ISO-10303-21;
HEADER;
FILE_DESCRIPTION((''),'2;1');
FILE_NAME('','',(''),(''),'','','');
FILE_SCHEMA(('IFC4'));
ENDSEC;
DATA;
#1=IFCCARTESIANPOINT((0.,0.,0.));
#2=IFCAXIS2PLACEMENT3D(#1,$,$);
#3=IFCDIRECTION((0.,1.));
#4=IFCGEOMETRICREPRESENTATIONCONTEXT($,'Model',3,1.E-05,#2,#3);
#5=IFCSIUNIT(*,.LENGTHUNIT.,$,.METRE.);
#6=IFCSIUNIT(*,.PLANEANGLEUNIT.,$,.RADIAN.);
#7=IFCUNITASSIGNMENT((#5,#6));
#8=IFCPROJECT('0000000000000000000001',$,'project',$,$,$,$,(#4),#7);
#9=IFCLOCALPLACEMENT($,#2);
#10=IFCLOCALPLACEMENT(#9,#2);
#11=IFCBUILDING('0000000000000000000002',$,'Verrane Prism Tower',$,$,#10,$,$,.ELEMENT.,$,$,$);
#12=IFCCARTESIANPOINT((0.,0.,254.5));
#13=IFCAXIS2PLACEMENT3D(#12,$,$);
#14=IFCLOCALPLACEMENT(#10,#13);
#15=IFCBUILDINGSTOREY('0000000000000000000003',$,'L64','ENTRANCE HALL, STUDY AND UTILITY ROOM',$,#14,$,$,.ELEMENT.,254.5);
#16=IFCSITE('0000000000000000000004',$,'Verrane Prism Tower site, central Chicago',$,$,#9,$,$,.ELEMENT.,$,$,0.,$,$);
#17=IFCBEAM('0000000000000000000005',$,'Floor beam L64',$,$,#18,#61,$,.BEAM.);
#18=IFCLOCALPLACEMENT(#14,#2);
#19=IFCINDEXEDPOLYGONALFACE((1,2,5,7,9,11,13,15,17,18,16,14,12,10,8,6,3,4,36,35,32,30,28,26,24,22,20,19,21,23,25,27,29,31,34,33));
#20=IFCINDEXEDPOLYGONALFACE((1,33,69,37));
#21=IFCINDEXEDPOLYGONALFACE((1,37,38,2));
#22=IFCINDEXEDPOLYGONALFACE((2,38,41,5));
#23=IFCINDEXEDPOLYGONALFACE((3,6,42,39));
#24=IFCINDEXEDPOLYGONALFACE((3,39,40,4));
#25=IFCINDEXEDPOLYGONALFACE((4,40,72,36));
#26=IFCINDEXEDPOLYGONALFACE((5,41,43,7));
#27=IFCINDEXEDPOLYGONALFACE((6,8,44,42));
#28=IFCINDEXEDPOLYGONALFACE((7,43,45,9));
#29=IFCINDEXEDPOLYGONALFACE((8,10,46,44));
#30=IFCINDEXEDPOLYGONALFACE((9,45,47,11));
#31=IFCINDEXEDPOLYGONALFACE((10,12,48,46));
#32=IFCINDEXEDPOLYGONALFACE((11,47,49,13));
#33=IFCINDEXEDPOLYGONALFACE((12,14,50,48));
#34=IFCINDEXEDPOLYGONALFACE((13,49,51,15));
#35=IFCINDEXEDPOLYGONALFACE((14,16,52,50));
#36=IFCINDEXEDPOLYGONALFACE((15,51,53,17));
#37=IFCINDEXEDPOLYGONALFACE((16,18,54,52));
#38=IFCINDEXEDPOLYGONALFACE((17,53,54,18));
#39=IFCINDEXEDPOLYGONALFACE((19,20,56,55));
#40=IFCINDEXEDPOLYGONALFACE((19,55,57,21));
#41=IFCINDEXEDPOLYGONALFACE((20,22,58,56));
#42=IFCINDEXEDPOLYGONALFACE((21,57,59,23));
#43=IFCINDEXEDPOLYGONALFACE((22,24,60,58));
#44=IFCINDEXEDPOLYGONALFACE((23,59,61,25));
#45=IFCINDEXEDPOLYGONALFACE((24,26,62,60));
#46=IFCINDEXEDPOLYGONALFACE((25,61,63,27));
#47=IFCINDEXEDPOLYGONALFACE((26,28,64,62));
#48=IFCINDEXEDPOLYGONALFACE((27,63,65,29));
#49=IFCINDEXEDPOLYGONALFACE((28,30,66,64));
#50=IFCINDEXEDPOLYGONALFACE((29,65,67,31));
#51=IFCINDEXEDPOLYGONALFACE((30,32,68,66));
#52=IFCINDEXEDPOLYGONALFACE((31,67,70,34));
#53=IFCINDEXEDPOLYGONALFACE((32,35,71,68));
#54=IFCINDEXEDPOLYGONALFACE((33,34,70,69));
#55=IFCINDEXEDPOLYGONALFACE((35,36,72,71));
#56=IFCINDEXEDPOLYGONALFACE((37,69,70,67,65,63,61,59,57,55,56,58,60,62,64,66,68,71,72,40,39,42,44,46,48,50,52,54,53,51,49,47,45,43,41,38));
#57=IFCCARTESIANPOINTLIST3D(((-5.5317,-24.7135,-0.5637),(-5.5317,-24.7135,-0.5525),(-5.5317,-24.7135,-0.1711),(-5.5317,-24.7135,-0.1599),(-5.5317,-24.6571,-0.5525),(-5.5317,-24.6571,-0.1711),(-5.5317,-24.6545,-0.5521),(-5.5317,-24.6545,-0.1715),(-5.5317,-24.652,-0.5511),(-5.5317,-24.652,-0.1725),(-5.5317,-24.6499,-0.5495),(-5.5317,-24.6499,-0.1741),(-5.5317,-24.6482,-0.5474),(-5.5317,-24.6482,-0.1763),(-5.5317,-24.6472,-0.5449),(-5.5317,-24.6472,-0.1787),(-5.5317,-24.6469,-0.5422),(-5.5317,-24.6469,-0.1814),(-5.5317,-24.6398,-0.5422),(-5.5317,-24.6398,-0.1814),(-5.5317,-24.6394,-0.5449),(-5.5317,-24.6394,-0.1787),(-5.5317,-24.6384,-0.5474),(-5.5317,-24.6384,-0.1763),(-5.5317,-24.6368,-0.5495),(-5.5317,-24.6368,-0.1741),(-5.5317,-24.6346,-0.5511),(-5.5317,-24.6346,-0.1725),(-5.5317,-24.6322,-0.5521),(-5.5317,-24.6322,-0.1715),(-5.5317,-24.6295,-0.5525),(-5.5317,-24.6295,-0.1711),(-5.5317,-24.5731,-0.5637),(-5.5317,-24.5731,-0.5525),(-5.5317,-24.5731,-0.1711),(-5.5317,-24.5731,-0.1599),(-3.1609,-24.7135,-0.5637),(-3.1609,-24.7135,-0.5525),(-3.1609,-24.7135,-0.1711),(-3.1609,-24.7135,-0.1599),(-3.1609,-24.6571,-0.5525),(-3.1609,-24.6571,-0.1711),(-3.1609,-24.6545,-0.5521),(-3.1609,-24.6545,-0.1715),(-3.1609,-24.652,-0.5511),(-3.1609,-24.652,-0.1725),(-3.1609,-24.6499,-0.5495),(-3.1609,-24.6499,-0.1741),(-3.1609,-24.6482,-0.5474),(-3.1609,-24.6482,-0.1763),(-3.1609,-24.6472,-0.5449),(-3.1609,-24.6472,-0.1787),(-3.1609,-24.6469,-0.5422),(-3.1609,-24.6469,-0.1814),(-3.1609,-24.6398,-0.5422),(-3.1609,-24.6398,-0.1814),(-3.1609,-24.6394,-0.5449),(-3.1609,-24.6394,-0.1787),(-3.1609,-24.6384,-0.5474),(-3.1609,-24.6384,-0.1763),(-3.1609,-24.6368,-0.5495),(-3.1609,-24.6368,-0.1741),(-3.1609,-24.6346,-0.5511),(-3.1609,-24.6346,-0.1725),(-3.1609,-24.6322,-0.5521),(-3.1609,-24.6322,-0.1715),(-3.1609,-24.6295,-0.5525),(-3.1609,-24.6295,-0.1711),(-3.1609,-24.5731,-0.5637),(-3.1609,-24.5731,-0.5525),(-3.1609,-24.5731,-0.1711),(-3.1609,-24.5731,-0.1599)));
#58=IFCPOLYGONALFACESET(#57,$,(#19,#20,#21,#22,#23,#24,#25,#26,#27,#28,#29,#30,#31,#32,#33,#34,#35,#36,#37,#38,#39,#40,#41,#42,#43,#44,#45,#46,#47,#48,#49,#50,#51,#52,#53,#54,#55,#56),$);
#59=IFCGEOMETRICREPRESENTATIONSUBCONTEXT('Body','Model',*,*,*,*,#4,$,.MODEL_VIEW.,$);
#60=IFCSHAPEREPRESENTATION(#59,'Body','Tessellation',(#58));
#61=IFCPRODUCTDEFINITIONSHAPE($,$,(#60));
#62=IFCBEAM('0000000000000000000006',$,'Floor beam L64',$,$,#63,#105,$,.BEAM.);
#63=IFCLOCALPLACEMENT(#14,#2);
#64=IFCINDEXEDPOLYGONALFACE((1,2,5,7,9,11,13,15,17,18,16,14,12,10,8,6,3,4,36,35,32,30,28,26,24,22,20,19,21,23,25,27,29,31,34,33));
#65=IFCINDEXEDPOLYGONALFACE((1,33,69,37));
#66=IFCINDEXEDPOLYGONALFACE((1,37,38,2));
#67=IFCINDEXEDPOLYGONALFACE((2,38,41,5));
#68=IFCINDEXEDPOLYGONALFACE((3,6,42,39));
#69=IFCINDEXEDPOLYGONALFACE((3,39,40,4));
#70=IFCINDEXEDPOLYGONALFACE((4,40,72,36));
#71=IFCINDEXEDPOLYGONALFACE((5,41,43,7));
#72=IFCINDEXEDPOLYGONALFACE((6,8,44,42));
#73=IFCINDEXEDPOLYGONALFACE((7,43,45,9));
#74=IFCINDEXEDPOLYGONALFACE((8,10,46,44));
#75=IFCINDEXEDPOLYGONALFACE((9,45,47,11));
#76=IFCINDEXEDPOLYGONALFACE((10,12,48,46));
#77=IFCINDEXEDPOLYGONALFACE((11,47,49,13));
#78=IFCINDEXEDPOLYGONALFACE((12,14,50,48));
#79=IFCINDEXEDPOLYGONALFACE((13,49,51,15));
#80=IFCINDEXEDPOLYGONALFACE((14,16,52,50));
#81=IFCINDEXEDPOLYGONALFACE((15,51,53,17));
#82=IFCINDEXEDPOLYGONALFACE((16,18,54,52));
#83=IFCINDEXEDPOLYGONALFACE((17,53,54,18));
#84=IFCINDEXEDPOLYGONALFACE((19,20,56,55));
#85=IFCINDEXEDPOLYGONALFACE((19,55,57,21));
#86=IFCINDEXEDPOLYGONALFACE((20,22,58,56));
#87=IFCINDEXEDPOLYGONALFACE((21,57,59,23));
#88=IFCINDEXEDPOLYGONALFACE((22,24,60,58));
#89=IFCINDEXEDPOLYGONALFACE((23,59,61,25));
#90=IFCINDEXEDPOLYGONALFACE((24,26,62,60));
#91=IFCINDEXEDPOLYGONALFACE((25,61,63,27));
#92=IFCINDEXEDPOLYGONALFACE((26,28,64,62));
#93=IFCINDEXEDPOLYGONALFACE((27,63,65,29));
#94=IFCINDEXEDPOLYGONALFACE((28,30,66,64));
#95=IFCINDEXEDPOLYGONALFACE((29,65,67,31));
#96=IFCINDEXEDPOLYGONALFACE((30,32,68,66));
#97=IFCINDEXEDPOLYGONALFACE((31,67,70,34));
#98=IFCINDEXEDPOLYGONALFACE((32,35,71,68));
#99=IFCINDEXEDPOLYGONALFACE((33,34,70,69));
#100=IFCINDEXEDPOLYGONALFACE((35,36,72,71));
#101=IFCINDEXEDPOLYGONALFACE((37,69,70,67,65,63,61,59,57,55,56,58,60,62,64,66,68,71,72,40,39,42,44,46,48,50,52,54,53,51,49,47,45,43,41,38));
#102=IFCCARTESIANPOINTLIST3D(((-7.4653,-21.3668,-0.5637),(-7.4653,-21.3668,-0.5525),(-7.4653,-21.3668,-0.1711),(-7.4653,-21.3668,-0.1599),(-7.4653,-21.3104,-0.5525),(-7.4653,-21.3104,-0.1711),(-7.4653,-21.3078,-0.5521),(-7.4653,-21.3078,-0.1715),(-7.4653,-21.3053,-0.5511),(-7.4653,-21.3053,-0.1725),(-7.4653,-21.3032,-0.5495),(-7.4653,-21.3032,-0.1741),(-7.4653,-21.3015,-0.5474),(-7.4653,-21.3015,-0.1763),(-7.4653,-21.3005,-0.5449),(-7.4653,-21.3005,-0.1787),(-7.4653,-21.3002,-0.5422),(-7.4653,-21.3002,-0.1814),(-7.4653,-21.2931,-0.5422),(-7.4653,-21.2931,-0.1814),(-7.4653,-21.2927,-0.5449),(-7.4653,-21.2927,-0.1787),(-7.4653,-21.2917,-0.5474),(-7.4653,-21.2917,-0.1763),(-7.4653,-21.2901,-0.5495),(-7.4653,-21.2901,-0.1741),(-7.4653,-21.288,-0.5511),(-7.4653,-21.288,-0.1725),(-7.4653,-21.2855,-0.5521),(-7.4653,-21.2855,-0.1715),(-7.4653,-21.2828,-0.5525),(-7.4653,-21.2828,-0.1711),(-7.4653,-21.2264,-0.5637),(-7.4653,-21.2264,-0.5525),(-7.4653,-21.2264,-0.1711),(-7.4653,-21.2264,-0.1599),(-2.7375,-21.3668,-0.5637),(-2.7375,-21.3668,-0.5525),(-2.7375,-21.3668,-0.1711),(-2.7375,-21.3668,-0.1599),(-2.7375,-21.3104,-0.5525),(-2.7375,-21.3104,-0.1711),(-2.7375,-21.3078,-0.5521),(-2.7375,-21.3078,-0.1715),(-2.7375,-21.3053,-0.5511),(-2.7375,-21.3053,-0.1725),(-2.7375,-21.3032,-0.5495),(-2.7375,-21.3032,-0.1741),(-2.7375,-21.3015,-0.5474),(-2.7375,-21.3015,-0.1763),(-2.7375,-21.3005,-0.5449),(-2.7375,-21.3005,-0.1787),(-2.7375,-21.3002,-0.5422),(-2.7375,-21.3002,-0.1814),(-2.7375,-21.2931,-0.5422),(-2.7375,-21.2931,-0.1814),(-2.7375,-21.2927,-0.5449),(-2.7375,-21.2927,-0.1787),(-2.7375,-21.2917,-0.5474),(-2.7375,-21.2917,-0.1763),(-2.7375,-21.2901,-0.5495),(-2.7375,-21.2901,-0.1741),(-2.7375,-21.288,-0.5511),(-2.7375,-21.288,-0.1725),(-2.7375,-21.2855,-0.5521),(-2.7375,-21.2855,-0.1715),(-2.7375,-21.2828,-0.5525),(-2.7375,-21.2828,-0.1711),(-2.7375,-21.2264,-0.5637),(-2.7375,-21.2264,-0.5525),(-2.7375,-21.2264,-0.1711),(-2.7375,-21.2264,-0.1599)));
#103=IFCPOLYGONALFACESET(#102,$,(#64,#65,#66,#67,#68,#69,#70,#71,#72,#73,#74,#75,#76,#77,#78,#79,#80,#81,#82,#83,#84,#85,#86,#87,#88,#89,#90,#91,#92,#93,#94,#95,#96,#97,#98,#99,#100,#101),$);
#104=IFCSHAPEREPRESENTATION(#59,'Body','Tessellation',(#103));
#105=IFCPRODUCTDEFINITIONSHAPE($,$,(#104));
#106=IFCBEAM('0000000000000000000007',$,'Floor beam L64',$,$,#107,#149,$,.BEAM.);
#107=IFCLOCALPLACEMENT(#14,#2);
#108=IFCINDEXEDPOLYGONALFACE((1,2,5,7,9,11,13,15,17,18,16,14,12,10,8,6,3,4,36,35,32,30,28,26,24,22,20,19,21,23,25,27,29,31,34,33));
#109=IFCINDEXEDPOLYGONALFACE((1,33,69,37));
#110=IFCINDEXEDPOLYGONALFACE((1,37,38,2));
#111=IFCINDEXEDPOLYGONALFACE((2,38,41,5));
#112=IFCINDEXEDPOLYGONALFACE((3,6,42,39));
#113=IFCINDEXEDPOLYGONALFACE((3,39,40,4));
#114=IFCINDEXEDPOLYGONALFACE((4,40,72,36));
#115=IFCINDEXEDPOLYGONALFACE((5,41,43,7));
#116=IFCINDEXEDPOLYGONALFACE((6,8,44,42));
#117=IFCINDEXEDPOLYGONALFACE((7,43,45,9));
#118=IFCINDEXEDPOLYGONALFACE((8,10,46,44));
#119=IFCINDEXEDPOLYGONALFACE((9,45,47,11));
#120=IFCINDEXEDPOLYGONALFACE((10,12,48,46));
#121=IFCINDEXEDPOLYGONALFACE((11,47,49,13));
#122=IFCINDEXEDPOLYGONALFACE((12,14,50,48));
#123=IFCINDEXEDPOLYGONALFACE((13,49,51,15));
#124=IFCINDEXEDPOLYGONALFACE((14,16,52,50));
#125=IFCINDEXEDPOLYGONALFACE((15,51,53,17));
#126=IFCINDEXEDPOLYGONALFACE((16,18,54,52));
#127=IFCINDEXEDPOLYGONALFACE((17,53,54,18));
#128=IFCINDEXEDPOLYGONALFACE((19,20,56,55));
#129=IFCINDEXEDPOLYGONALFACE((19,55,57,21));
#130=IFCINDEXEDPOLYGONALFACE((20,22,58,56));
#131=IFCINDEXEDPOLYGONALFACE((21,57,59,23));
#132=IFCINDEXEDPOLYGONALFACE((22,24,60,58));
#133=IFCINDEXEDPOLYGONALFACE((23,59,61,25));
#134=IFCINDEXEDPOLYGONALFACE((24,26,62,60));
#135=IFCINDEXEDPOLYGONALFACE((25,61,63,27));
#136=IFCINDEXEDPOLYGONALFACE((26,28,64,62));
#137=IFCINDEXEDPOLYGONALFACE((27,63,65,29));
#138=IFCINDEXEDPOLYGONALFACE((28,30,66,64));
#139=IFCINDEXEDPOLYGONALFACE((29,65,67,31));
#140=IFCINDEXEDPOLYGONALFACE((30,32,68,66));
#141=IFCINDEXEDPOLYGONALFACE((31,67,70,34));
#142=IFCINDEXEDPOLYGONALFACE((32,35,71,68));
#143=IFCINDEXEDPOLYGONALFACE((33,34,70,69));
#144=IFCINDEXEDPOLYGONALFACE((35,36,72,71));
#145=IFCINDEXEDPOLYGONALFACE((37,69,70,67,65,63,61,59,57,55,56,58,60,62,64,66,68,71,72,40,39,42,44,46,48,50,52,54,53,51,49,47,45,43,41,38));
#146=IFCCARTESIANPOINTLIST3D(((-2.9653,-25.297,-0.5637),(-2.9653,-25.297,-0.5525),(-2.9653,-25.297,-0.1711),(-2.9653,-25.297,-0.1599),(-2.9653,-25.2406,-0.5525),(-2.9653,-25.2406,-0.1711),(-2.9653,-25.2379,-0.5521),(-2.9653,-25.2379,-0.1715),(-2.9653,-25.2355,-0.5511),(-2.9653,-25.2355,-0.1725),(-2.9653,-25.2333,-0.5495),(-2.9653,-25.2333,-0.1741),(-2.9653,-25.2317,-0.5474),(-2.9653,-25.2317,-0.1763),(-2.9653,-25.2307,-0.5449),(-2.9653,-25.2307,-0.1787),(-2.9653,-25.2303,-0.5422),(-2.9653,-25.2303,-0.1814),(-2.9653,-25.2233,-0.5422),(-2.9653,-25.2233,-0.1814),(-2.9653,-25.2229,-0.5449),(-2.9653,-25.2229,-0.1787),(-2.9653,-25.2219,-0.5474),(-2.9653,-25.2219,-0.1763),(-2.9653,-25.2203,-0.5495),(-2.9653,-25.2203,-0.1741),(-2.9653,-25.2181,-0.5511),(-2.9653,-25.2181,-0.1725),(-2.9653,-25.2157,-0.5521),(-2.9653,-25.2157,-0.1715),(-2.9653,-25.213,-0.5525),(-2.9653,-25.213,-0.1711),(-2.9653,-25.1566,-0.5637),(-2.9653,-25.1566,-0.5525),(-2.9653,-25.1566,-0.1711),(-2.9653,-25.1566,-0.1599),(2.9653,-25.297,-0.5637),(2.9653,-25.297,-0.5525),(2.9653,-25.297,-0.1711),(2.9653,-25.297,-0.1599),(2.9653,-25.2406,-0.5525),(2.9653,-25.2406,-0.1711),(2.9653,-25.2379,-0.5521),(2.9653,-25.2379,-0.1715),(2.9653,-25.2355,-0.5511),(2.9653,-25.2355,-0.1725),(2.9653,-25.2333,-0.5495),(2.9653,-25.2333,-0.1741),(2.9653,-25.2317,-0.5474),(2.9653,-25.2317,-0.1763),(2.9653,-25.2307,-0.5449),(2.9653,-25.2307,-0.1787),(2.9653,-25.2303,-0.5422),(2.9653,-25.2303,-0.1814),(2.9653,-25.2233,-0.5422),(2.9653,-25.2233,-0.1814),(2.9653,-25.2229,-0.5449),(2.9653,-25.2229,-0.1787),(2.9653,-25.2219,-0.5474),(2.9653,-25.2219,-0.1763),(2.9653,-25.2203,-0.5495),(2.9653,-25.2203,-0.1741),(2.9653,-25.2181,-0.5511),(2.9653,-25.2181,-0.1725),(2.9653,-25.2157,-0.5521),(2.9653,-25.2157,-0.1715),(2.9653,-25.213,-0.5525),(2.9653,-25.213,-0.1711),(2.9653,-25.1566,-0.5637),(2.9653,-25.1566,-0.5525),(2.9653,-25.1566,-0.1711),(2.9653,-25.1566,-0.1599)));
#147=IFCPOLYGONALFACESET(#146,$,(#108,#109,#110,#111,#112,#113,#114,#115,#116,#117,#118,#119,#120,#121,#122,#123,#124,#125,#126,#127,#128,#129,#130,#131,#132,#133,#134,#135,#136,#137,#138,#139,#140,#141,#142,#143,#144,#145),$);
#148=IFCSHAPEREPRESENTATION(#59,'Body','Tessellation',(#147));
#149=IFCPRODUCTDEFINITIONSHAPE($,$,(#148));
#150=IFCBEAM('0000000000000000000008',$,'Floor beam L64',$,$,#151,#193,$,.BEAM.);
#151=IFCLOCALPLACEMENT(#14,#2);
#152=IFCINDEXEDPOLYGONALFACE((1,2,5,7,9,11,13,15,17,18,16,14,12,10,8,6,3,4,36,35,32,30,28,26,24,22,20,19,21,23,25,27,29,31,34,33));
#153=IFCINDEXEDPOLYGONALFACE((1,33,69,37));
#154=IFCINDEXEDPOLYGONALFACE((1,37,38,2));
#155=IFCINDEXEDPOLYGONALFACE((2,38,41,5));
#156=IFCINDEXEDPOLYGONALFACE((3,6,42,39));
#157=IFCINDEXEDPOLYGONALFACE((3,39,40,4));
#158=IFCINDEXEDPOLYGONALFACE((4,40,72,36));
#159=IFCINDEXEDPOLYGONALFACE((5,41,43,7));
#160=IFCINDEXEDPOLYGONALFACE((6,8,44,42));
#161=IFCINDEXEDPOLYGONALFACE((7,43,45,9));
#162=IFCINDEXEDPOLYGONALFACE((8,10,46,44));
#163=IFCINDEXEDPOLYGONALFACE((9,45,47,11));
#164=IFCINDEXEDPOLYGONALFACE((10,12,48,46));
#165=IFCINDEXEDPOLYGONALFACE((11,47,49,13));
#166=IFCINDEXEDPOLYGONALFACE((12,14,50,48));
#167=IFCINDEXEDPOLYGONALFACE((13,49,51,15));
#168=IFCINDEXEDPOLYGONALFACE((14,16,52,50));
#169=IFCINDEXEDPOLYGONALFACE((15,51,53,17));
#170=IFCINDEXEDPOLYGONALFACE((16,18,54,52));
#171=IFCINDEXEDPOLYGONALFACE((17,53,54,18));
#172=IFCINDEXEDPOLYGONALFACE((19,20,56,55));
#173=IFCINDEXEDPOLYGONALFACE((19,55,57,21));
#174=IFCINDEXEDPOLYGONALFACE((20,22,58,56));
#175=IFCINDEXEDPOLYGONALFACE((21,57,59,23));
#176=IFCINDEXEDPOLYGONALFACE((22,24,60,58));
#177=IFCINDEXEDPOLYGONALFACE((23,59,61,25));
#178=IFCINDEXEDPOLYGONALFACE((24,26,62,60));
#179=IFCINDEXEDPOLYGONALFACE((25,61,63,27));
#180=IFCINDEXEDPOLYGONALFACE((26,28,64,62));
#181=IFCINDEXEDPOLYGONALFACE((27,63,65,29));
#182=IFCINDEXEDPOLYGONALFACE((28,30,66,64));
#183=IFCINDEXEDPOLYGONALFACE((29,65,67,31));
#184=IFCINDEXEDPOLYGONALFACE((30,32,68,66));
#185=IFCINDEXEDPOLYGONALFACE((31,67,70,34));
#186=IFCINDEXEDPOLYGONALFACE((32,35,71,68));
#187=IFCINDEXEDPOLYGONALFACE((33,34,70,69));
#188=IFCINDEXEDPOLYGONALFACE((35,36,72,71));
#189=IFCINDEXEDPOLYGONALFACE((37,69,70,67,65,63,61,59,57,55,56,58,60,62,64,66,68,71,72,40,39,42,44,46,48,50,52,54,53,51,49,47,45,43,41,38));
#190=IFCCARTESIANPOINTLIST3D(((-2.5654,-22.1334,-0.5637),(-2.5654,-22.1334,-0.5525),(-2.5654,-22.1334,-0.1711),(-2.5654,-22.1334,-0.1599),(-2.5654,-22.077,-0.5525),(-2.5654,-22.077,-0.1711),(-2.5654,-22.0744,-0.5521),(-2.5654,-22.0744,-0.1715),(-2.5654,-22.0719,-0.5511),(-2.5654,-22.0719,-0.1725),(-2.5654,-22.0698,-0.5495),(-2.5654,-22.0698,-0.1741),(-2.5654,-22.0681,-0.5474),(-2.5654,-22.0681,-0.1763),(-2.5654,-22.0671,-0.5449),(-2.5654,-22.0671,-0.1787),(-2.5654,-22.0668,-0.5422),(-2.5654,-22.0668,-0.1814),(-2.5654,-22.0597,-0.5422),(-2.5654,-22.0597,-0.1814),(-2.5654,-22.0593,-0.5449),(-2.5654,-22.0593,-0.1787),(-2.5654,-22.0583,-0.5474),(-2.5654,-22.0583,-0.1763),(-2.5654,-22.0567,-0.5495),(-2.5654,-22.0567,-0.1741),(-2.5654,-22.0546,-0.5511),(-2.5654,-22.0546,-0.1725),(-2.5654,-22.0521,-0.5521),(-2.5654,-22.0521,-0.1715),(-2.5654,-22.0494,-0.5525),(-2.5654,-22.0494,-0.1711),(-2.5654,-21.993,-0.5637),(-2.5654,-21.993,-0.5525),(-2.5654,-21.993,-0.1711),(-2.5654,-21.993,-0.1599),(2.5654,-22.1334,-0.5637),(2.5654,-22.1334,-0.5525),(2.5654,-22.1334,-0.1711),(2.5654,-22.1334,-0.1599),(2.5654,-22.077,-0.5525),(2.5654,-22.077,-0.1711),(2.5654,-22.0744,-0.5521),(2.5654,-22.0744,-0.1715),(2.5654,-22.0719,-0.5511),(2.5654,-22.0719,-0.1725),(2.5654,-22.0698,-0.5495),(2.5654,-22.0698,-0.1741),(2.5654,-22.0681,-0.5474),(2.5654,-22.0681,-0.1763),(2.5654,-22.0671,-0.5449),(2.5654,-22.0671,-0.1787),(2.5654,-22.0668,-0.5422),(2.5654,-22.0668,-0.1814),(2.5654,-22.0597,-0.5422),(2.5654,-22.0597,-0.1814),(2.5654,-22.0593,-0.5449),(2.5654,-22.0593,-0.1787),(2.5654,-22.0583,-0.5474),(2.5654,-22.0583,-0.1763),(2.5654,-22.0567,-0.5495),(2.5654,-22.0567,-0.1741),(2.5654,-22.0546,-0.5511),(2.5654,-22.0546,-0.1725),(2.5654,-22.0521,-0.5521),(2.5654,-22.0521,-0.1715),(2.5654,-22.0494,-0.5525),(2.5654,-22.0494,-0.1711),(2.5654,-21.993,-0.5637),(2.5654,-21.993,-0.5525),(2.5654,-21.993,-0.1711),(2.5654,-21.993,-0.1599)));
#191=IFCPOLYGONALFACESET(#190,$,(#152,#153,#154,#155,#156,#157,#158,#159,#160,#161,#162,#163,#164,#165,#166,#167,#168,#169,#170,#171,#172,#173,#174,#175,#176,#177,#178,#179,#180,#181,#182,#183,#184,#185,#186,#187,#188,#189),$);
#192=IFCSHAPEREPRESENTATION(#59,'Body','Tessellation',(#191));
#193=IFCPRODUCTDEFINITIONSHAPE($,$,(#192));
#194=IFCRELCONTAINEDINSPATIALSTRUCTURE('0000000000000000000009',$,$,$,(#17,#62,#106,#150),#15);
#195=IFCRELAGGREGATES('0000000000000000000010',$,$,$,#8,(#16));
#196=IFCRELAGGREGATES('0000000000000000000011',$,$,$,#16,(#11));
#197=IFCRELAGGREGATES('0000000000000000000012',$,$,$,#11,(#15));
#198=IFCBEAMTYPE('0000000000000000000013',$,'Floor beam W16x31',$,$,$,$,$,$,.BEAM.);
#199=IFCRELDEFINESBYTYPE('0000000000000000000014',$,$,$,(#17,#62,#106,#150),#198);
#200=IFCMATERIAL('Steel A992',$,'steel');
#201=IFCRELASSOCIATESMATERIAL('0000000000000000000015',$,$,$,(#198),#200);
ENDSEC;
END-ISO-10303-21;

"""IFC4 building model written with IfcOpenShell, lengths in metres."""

from ifc_helpers import new_model, si_unit, direction, frame, origin, origin_2d, place, context, subcontext, project, spatial, i_section, extrude, material, material_profile, profile_set, type_object, element, save


model = new_model("IFC4")

# Units and contexts
model_context = context("Model", 3, precision=1e-05, world=origin(), true_north=direction((0.0, 1.0)))
body_context = subcontext(model_context, "Body", "Model", "MODEL_VIEW")
ifc_project = project(units=[si_unit("LENGTHUNIT", "METRE"), si_unit("PLANEANGLEUNIT", "RADIAN")], contexts=[model_context])

# Site, building, storey
site_placement = place(None, origin())
site = spatial("IfcSite", under=ifc_project, at=site_placement, Name="Verrane Prism Tower site, central Chicago", CompositionType="ELEMENT", RefElevation=0.0)
building_placement = place(site_placement, origin())
building = spatial("IfcBuilding", under=site, at=building_placement, Name="Verrane Prism Tower", CompositionType="ELEMENT")
storey_placement = place(building_placement, frame((0.0, 0.0, 254.5)))
storey = spatial("IfcBuildingStorey", under=building, at=storey_placement, Name="L64", Description="ENTRANCE HALL, STUDY AND UTILITY ROOM", CompositionType="ELEMENT", Elevation=254.5)

# Beams
ifc_material_1 = material(Name="Steel A992", Category="steel")
ifc_material_profile_1 = material_profile(ifc_material_1, i_section(OverallWidth=0.1404, OverallDepth=0.4038, WebThickness=0.0071, FlangeThickness=0.0112, FilletRadius=0.0103, at=origin_2d()), Name="W16x31")
ifc_profile_set_1 = profile_set([ifc_material_profile_1], Name="Steel A992")
beam_type_1 = type_object("IfcBeamType", Name="Floor beam W16x31", PredefinedType="BEAM", material=ifc_profile_set_1)
beam_1_placement = place(storey_placement, frame((-5.5317, -24.6433, -0.3618), z_axis=(1.0, 0.0, 0.0), x_axis=(0.0, 1.0, 0.0)))
element("IfcBeam", 1, at=beam_1_placement, inside=storey, type_object=beam_type_1, Name="Floor beam L64", PredefinedType="BEAM", context=body_context, shape_type="SweptSolid", body=[
    extrude(i_section(OverallWidth=0.1404, OverallDepth=0.4038, WebThickness=0.0071, FlangeThickness=0.0112, FilletRadius=0.0103, at=origin_2d()), origin(), (0.0, 0.0, 1.0), 2.3708),
])
beam_2_placement = place(storey_placement, frame((-7.4653, -21.2966, -0.3618), z_axis=(1.0, 0.0, 0.0), x_axis=(0.0, 1.0, 0.0)))
element("IfcBeam", 2, at=beam_2_placement, inside=storey, type_object=beam_type_1, Name="Floor beam L64", PredefinedType="BEAM", context=body_context, shape_type="SweptSolid", body=[
    extrude(i_section(OverallWidth=0.1404, OverallDepth=0.4038, WebThickness=0.0071, FlangeThickness=0.0112, FilletRadius=0.0103, at=origin_2d()), origin(), (0.0, 0.0, 1.0), 4.7278),
])
beam_3_placement = place(storey_placement, frame((-2.9653, -25.2268, -0.3618), z_axis=(1.0, 0.0, 0.0), x_axis=(0.0, 1.0, 0.0)))
element("IfcBeam", 3, at=beam_3_placement, inside=storey, type_object=beam_type_1, Name="Floor beam L64", PredefinedType="BEAM", context=body_context, shape_type="SweptSolid", body=[
    extrude(i_section(OverallWidth=0.1404, OverallDepth=0.4038, WebThickness=0.0071, FlangeThickness=0.0112, FilletRadius=0.0103, at=origin_2d()), origin(), (0.0, 0.0, 1.0), 5.9307),
])
beam_4_placement = place(storey_placement, frame((-2.5654, -22.0632, -0.3618), z_axis=(1.0, 0.0, 0.0), x_axis=(0.0, 1.0, 0.0)))
element("IfcBeam", 4, at=beam_4_placement, inside=storey, type_object=beam_type_1, Name="Floor beam L64", PredefinedType="BEAM", context=body_context, shape_type="SweptSolid", body=[
    extrude(i_section(OverallWidth=0.1404, OverallDepth=0.4038, WebThickness=0.0071, FlangeThickness=0.0112, FilletRadius=0.0103, at=origin_2d()), origin(), (0.0, 0.0, 1.0), 5.1309),
])

save(model, "model.ifc")
